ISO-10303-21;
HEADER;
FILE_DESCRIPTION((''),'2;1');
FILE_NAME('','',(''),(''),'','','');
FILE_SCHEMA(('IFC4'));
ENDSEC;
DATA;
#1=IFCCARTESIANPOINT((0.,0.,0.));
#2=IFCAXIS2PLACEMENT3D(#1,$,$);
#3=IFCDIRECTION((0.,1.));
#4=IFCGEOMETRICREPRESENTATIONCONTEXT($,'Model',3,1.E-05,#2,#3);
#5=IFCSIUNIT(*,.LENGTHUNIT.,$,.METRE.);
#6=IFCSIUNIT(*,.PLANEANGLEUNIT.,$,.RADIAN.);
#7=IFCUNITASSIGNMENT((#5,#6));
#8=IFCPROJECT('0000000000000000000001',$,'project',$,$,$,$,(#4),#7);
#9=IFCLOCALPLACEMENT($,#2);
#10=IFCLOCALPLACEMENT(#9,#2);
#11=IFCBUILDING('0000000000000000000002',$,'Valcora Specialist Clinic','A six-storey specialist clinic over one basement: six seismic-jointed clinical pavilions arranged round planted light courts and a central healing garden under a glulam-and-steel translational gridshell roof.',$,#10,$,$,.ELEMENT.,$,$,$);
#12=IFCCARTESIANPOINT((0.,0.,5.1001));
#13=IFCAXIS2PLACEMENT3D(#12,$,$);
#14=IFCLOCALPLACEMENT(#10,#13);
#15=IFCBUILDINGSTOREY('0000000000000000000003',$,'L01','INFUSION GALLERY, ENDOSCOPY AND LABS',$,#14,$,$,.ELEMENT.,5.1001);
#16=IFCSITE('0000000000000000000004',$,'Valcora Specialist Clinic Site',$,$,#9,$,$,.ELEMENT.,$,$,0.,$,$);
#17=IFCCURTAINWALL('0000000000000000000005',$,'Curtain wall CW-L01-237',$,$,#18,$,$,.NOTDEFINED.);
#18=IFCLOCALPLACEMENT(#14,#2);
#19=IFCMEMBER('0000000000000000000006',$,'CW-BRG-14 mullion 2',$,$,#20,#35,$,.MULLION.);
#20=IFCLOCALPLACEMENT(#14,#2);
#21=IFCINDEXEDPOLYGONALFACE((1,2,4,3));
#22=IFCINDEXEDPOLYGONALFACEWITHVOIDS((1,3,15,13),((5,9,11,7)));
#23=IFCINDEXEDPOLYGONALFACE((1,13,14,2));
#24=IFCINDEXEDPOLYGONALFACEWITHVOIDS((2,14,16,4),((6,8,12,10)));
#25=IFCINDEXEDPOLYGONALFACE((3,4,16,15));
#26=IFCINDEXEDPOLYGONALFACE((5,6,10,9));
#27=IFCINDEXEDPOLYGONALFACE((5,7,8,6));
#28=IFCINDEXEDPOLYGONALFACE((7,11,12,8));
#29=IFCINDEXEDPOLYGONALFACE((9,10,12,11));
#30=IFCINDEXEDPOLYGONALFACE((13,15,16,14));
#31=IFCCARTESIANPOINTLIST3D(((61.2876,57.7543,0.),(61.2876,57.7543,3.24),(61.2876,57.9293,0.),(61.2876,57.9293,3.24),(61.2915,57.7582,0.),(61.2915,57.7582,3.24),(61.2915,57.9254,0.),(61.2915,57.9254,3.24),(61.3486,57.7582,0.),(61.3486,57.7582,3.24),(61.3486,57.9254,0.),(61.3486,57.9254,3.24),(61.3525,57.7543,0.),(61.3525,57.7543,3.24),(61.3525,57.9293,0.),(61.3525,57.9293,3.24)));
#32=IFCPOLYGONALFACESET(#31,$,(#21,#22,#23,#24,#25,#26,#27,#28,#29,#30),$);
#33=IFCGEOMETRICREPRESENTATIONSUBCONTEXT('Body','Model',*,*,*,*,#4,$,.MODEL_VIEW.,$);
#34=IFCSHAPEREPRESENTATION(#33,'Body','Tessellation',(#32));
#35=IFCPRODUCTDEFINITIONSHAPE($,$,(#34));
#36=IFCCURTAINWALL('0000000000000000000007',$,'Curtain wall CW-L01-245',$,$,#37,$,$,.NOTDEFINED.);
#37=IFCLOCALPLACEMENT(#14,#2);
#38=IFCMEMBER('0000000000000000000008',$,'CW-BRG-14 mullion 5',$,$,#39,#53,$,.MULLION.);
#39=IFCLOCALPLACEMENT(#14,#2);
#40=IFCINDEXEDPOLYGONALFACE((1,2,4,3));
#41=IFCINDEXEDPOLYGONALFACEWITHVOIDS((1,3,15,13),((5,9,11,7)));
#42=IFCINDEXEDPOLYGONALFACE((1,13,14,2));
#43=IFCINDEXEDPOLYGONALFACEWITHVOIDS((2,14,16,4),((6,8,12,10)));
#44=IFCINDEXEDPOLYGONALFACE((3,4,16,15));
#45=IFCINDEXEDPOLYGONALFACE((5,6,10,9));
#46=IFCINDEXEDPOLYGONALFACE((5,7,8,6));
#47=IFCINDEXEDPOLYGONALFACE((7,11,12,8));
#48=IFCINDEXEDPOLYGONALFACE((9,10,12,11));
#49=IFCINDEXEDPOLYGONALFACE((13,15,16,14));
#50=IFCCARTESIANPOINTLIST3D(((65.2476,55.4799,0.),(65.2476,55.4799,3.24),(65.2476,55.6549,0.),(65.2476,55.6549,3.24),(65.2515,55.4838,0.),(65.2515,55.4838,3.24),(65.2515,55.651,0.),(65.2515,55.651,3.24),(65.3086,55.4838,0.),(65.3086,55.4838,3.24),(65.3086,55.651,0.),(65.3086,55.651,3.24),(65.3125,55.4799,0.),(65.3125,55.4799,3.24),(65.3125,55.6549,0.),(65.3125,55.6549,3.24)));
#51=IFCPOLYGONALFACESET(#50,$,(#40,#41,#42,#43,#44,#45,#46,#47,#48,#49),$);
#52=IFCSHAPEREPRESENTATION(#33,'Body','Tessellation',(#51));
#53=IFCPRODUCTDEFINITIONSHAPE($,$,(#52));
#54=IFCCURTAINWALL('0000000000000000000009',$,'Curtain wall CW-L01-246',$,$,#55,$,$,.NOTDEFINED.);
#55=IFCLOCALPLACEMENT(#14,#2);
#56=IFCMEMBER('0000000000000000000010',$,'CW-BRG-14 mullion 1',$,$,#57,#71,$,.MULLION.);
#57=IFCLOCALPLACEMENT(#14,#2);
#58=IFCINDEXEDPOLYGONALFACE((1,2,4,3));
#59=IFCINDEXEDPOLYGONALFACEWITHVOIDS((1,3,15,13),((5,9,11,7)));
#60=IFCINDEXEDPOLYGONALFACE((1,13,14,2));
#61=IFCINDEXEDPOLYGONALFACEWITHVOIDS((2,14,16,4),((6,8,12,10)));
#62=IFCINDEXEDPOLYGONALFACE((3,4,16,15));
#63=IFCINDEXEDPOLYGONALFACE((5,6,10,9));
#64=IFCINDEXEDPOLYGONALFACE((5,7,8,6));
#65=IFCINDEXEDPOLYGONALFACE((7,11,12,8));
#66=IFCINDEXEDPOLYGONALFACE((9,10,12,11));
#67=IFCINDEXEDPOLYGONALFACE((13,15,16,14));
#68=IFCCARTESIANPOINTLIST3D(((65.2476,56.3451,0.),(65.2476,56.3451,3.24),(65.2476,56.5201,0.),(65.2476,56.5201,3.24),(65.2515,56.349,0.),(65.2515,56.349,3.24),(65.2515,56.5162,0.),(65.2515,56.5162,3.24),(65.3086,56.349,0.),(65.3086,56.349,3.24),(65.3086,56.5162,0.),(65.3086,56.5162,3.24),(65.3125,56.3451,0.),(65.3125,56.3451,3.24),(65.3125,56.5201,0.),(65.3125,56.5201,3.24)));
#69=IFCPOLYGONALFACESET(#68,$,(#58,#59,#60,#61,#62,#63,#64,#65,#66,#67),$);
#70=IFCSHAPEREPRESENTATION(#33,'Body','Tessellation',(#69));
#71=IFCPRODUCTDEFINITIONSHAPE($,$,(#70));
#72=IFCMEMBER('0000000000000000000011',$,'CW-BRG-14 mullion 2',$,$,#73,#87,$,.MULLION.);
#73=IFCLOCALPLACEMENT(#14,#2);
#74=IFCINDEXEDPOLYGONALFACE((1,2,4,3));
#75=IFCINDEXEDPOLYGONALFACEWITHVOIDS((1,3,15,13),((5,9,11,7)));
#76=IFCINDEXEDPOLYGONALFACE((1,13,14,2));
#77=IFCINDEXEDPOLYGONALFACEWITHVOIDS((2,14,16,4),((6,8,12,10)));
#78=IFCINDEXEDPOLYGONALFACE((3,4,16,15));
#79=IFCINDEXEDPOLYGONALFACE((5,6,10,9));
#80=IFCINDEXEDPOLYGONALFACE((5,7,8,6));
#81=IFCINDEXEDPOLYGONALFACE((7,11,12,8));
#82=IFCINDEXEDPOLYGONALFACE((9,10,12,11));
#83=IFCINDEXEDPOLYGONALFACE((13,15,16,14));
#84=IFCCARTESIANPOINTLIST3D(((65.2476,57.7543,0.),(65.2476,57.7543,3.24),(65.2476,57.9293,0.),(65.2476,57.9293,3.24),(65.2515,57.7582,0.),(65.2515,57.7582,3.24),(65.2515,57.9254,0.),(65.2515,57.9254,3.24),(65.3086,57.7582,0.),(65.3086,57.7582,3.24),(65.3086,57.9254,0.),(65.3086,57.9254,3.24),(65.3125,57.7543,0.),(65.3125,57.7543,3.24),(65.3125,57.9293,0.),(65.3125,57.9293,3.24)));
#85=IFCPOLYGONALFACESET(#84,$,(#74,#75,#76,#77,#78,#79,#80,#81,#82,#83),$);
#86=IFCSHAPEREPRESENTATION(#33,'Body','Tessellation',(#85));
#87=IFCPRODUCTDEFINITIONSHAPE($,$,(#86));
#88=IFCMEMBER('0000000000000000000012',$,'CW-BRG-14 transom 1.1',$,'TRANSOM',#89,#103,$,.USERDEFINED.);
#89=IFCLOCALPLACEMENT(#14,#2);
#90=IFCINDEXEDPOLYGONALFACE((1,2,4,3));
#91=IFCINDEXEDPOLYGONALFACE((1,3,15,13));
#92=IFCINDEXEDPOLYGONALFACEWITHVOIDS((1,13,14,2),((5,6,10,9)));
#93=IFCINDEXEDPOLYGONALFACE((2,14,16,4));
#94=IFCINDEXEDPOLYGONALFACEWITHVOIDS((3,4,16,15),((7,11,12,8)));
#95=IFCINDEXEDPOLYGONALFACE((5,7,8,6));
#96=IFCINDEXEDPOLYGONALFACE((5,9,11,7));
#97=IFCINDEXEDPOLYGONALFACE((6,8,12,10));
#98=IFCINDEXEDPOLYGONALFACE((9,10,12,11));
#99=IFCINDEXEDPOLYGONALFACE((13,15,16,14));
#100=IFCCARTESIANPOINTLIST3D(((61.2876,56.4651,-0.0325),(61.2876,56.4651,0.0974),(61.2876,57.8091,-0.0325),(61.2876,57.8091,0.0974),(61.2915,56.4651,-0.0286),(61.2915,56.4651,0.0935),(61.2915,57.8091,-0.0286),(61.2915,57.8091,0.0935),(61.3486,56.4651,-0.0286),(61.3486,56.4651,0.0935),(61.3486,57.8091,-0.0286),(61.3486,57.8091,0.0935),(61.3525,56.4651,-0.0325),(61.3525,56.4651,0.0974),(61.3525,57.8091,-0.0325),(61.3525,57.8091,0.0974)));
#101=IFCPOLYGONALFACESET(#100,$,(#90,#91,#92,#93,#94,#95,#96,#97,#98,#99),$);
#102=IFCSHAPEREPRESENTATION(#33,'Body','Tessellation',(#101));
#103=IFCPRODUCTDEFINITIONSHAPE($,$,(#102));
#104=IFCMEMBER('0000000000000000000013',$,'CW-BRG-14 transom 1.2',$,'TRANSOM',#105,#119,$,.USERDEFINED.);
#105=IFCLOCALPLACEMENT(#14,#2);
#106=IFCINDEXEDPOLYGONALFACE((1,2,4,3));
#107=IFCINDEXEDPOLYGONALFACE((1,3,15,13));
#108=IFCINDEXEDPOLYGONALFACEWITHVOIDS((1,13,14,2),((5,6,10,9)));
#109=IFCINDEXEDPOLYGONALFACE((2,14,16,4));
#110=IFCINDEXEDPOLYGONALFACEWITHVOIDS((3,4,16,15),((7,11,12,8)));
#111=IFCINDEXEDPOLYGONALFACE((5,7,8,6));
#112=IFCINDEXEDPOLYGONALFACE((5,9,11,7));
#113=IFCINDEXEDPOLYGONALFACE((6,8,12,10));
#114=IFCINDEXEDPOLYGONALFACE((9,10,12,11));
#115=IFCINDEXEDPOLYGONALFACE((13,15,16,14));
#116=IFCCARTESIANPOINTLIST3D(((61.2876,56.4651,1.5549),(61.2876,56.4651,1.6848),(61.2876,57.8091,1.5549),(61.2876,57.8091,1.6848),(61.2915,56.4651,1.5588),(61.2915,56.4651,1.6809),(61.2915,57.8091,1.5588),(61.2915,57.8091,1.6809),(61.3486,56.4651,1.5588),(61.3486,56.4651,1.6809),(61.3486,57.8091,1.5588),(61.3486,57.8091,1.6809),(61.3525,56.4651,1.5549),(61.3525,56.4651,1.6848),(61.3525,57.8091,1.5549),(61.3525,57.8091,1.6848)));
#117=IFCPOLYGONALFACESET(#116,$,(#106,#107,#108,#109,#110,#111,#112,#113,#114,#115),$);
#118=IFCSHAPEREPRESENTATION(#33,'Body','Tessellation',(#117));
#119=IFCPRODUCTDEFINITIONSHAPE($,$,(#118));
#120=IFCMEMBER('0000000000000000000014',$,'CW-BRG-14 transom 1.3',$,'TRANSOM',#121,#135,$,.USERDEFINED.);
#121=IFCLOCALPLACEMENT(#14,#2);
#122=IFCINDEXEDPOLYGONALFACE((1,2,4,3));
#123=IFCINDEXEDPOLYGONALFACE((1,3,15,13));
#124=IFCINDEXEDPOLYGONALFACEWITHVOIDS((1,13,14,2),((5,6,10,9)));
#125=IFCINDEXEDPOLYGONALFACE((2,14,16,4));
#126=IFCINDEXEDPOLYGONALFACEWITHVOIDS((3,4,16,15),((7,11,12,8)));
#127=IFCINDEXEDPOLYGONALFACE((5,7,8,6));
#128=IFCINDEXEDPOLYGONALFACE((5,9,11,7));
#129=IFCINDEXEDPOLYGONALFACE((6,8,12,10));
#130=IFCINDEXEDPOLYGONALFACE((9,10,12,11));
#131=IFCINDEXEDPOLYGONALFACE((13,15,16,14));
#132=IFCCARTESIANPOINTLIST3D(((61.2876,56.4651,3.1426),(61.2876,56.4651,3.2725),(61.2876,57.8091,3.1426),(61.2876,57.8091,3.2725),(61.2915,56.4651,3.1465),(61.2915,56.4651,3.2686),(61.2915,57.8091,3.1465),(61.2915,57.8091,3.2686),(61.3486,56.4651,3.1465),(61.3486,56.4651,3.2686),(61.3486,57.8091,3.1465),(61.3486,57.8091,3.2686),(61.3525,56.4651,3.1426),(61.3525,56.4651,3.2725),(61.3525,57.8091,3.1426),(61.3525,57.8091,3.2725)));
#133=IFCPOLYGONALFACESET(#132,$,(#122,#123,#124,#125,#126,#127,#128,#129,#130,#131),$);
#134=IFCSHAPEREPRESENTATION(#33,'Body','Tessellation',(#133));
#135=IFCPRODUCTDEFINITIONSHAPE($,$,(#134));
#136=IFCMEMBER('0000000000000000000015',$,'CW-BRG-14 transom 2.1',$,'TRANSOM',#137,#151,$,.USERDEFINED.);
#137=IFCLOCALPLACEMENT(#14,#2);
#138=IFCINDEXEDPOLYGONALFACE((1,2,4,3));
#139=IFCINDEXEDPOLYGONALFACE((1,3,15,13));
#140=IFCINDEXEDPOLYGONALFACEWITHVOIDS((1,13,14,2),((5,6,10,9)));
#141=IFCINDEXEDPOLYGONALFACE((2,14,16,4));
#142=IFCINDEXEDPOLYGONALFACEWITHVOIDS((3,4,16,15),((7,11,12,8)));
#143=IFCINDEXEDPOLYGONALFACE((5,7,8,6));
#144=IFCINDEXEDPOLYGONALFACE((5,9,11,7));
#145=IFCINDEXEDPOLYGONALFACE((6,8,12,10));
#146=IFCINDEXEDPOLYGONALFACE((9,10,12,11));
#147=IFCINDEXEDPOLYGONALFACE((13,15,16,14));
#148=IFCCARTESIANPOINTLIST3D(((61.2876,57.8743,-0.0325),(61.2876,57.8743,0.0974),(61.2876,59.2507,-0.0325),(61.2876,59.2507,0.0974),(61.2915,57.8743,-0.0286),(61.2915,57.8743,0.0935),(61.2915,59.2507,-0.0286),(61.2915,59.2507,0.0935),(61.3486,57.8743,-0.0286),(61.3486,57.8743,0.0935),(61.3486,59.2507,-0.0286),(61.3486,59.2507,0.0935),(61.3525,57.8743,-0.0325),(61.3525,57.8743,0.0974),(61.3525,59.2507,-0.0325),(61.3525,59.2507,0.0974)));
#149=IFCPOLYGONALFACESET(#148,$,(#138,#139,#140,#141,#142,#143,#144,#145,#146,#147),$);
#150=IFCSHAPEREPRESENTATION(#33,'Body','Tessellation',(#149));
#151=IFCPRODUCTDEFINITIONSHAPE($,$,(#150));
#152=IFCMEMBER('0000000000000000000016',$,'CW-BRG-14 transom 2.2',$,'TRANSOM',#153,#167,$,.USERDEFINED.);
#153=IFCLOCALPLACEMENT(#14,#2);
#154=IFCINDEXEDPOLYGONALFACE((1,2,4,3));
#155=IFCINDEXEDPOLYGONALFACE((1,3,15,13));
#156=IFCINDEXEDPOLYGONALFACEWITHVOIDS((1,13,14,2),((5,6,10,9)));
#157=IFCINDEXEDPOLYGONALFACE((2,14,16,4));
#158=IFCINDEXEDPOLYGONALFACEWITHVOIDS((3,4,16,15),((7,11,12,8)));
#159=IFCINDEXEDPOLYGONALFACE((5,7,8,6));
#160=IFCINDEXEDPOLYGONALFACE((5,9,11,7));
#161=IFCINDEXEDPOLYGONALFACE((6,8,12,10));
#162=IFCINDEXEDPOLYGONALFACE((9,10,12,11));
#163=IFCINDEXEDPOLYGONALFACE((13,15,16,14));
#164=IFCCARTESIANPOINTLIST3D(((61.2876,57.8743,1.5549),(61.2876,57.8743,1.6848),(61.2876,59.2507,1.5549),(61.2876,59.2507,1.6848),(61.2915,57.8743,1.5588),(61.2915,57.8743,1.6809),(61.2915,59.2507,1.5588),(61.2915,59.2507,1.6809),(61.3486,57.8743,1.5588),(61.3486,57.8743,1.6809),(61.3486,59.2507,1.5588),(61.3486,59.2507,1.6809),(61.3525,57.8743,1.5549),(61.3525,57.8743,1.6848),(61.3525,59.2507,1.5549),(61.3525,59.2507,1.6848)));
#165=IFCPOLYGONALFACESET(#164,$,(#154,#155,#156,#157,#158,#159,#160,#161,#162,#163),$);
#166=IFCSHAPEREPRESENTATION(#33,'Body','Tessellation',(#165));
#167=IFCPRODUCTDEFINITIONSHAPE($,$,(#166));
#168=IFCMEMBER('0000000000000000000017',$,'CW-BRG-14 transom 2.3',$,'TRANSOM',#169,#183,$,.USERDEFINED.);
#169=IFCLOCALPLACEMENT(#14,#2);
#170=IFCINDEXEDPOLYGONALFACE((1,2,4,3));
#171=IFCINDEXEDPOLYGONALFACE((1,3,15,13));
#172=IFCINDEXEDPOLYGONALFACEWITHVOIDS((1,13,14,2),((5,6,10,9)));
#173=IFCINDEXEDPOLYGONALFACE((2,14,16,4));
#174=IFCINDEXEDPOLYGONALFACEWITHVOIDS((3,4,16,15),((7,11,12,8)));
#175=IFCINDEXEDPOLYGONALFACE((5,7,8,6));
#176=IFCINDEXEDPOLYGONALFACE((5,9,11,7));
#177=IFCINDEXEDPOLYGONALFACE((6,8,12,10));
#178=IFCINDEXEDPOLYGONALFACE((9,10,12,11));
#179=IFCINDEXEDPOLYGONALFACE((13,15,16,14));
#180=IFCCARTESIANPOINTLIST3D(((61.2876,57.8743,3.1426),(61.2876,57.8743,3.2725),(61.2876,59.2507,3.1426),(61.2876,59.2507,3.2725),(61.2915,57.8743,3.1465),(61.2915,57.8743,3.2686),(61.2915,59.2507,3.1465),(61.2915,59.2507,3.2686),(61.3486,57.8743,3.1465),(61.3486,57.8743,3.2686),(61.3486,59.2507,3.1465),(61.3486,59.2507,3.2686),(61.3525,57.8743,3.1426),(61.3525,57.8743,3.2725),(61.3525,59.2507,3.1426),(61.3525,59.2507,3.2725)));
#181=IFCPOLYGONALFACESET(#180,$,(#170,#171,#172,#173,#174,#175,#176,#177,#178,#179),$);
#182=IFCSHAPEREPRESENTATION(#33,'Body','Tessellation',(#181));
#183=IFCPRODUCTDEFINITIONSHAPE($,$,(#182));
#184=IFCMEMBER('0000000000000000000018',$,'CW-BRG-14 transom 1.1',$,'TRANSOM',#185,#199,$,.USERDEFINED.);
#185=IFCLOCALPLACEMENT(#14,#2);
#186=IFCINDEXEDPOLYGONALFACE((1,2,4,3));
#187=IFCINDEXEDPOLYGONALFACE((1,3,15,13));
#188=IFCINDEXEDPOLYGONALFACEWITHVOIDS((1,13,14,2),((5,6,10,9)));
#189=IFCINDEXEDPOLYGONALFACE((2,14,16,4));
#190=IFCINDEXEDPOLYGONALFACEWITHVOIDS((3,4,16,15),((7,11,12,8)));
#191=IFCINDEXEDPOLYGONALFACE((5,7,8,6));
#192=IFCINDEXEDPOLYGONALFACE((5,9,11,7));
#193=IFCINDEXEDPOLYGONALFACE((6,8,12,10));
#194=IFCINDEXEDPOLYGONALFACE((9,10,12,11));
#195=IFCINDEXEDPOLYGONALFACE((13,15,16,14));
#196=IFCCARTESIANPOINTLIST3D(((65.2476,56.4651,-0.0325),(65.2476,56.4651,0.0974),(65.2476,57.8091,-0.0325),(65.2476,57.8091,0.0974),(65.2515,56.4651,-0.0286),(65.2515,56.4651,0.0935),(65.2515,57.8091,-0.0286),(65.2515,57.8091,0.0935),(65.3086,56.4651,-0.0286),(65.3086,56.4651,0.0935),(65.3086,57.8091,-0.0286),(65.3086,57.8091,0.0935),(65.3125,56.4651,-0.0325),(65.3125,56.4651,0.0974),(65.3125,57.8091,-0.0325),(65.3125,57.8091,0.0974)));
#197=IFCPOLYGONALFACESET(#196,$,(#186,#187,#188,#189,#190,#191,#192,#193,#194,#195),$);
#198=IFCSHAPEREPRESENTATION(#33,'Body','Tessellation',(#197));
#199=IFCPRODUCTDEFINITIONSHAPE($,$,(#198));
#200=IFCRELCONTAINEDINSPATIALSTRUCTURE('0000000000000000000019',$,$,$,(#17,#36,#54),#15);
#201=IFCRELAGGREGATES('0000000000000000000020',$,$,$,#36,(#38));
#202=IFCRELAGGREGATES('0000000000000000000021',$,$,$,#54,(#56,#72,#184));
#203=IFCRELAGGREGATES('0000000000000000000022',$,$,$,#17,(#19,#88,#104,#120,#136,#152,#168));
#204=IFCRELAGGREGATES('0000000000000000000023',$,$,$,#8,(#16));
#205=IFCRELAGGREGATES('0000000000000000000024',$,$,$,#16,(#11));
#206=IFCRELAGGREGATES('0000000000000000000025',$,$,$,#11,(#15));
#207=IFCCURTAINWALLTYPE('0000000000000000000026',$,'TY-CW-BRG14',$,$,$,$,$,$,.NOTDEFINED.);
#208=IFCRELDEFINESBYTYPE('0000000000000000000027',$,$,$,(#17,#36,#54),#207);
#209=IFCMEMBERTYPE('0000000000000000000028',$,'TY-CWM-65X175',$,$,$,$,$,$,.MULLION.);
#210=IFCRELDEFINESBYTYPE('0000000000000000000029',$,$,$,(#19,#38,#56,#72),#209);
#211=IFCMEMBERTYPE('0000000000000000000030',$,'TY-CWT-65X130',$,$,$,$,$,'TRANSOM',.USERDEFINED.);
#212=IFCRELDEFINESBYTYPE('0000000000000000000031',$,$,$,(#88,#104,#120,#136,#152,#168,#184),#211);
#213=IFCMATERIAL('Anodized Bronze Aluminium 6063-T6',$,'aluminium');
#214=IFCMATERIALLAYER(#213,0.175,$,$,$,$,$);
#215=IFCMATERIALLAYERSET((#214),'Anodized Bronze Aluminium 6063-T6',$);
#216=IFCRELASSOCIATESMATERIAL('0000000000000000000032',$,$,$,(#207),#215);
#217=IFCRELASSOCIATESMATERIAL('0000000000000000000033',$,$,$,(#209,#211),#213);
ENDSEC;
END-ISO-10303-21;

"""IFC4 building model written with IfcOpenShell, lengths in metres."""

from ifc_helpers import new_model, si_unit, direction, frame, origin, origin_2d, place, context, subcontext, project, spatial, hollow_rectangle, extrude, material, layer, layer_set, material_profile, profile_set, type_object, element, aggregate, save


model = new_model("IFC4")

# Units and contexts
model_context = context("Model", 3, precision=1e-05, world=origin(), true_north=direction((0.0, 1.0)))
body_context = subcontext(model_context, "Body", "Model", "MODEL_VIEW")
ifc_project = project(units=[si_unit("LENGTHUNIT", "METRE"), si_unit("PLANEANGLEUNIT", "RADIAN")], contexts=[model_context])

# Site, building, storey
site_placement = place(None, origin())
site = spatial("IfcSite", under=ifc_project, at=site_placement, Name="Valcora Specialist Clinic Site", CompositionType="ELEMENT", RefElevation=0.0)
building_placement = place(site_placement, origin())
building = spatial("IfcBuilding", under=site, at=building_placement, Name="Valcora Specialist Clinic", Description="A six-storey specialist clinic over one basement: six seismic-jointed clinical pavilions arranged round planted light courts and a central healing garden under a glulam-and-steel translational gridshell roof.", CompositionType="ELEMENT")
storey_placement = place(building_placement, frame((0.0, 0.0, 5.1001)))
storey = spatial("IfcBuildingStorey", under=building, at=storey_placement, Name="L01", Description="INFUSION GALLERY, ENDOSCOPY AND LABS", CompositionType="ELEMENT", Elevation=5.1001)

# Shared definitions
ifc_material_1 = material(Name="Anodized Bronze Aluminium 6063-T6", Category="aluminium")
ifc_layer_1 = layer(ifc_material_1, 0.175)
ifc_layer_set_1 = layer_set([ifc_layer_1], Name="Anodized Bronze Aluminium 6063-T6")
curtain_wall_type = type_object("IfcCurtainWallType", Name="TY-CW-BRG14", PredefinedType="NOTDEFINED", material=ifc_layer_set_1)
ifc_material_profile_1 = material_profile(ifc_material_1, hollow_rectangle(XDim=0.0649, YDim=0.175, WallThickness=0.0039, at=origin_2d()), Name="AL-MUL-65X175")
ifc_profile_set_1 = profile_set([ifc_material_profile_1], Name="Anodized Bronze Aluminium 6063-T6")
member_type_1 = type_object("IfcMemberType", Name="TY-CWM-65X175", PredefinedType="MULLION", material=ifc_profile_set_1)

# Curtain wall, member
curtain_wall_1_placement = place(storey_placement, origin())
curtain_wall_1 = element("IfcCurtainWall", 1, at=curtain_wall_1_placement, inside=storey, type_object=curtain_wall_type, Name="Curtain wall CW-L01-237", PredefinedType="NOTDEFINED")
member_1_placement = place(storey_placement, frame((61.3201, 57.8418, 0.0), z_axis=(0.0, 0.0, 1.0), x_axis=(-1.0, 0.0, 0.0)))
member_1 = element("IfcMember", 2, at=member_1_placement, type_object=member_type_1, Name="CW-BRG-14 mullion 2", PredefinedType="MULLION", context=body_context, shape_type="SweptSolid", body=[
    extrude(hollow_rectangle(XDim=0.0649, YDim=0.175, WallThickness=0.0039, at=origin_2d()), origin(), (0.0, 0.0, 1.0), 3.24),
])

# Curtain wall, member
curtain_wall_2_placement = place(storey_placement, origin())
curtain_wall_2 = element("IfcCurtainWall", 3, at=curtain_wall_2_placement, inside=storey, type_object=curtain_wall_type, Name="Curtain wall CW-L01-245", PredefinedType="NOTDEFINED")
member_2_placement = place(storey_placement, frame((65.28, 55.5674, 0.0), z_axis=(0.0, 0.0, 1.0), x_axis=(-1.0, 0.0, 0.0)))
member_2 = element("IfcMember", 4, at=member_2_placement, type_object=member_type_1, Name="CW-BRG-14 mullion 5", PredefinedType="MULLION", context=body_context, shape_type="SweptSolid", body=[
    extrude(hollow_rectangle(XDim=0.0649, YDim=0.175, WallThickness=0.0039, at=origin_2d()), origin(), (0.0, 0.0, 1.0), 3.24),
])
aggregate(curtain_wall_2, [member_2])

# Curtain wall, members
curtain_wall_3_placement = place(storey_placement, origin())
curtain_wall_3 = element("IfcCurtainWall", 5, at=curtain_wall_3_placement, inside=storey, type_object=curtain_wall_type, Name="Curtain wall CW-L01-246", PredefinedType="NOTDEFINED")
member_3_placement = place(storey_placement, frame((65.28, 56.4326, 0.0), z_axis=(0.0, 0.0, 1.0), x_axis=(-1.0, 0.0, 0.0)))
member_3 = element("IfcMember", 6, at=member_3_placement, type_object=member_type_1, Name="CW-BRG-14 mullion 1", PredefinedType="MULLION", context=body_context, shape_type="SweptSolid", body=[
    extrude(hollow_rectangle(XDim=0.0649, YDim=0.175, WallThickness=0.0039, at=origin_2d()), origin(), (0.0, 0.0, 1.0), 3.24),
])
member_4_placement = place(storey_placement, frame((65.28, 57.8418, 0.0), z_axis=(0.0, 0.0, 1.0), x_axis=(-1.0, 0.0, 0.0)))
member_4 = element("IfcMember", 7, at=member_4_placement, type_object=member_type_1, Name="CW-BRG-14 mullion 2", PredefinedType="MULLION", context=body_context, shape_type="SweptSolid", body=[
    extrude(hollow_rectangle(XDim=0.0649, YDim=0.175, WallThickness=0.0039, at=origin_2d()), origin(), (0.0, 0.0, 1.0), 3.24),
])

# Members
ifc_material_profile_2 = material_profile(ifc_material_1, hollow_rectangle(XDim=0.0649, YDim=0.1299, WallThickness=0.0039, at=origin_2d()), Name="AL-TRN-65X130")
ifc_profile_set_2 = profile_set([ifc_material_profile_2], Name="Anodized Bronze Aluminium 6063-T6")
member_type_2 = type_object("IfcMemberType", Name="TY-CWT-65X130", ElementType="TRANSOM", PredefinedType="USERDEFINED", material=ifc_profile_set_2)
member_5_placement = place(storey_placement, frame((61.3201, 56.4651, 0.0325), z_axis=(0.0, 1.0, 0.0), x_axis=(-1.0, 0.0, 0.0)))
member_5 = element("IfcMember", 8, at=member_5_placement, type_object=member_type_2, Name="CW-BRG-14 transom 1.1", ObjectType="TRANSOM", PredefinedType="USERDEFINED", context=body_context, shape_type="SweptSolid", body=[
    extrude(hollow_rectangle(XDim=0.0649, YDim=0.1299, WallThickness=0.0039, at=origin_2d()), origin(), (0.0, 0.0, 1.0), 1.344),
])
member_6_placement = place(storey_placement, frame((61.3201, 56.4651, 1.6199), z_axis=(0.0, 1.0, 0.0), x_axis=(-1.0, 0.0, 0.0)))
member_6 = element("IfcMember", 9, at=member_6_placement, type_object=member_type_2, Name="CW-BRG-14 transom 1.2", ObjectType="TRANSOM", PredefinedType="USERDEFINED", context=body_context, shape_type="SweptSolid", body=[
    extrude(hollow_rectangle(XDim=0.0649, YDim=0.1299, WallThickness=0.0039, at=origin_2d()), origin(), (0.0, 0.0, 1.0), 1.344),
])
member_7_placement = place(storey_placement, frame((61.3201, 56.4651, 3.2075), z_axis=(0.0, 1.0, 0.0), x_axis=(-1.0, 0.0, 0.0)))
member_7 = element("IfcMember", 10, at=member_7_placement, type_object=member_type_2, Name="CW-BRG-14 transom 1.3", ObjectType="TRANSOM", PredefinedType="USERDEFINED", context=body_context, shape_type="SweptSolid", body=[
    extrude(hollow_rectangle(XDim=0.0649, YDim=0.1299, WallThickness=0.0039, at=origin_2d()), origin(), (0.0, 0.0, 1.0), 1.344),
])
member_8_placement = place(storey_placement, frame((61.3201, 57.8743, 0.0325), z_axis=(0.0, 1.0, 0.0), x_axis=(-1.0, 0.0, 0.0)))
member_8 = element("IfcMember", 11, at=member_8_placement, type_object=member_type_2, Name="CW-BRG-14 transom 2.1", ObjectType="TRANSOM", PredefinedType="USERDEFINED", context=body_context, shape_type="SweptSolid", body=[
    extrude(hollow_rectangle(XDim=0.0649, YDim=0.1299, WallThickness=0.0039, at=origin_2d()), origin(), (0.0, 0.0, 1.0), 1.3765),
])
member_9_placement = place(storey_placement, frame((61.3201, 57.8743, 1.6199), z_axis=(0.0, 1.0, 0.0), x_axis=(-1.0, 0.0, 0.0)))
member_9 = element("IfcMember", 12, at=member_9_placement, type_object=member_type_2, Name="CW-BRG-14 transom 2.2", ObjectType="TRANSOM", PredefinedType="USERDEFINED", context=body_context, shape_type="SweptSolid", body=[
    extrude(hollow_rectangle(XDim=0.0649, YDim=0.1299, WallThickness=0.0039, at=origin_2d()), origin(), (0.0, 0.0, 1.0), 1.3765),
])
member_10_placement = place(storey_placement, frame((61.3201, 57.8743, 3.2075), z_axis=(0.0, 1.0, 0.0), x_axis=(-1.0, 0.0, 0.0)))
member_10 = element("IfcMember", 13, at=member_10_placement, type_object=member_type_2, Name="CW-BRG-14 transom 2.3", ObjectType="TRANSOM", PredefinedType="USERDEFINED", context=body_context, shape_type="SweptSolid", body=[
    extrude(hollow_rectangle(XDim=0.0649, YDim=0.1299, WallThickness=0.0039, at=origin_2d()), origin(), (0.0, 0.0, 1.0), 1.3765),
])
member_11_placement = place(storey_placement, frame((65.28, 56.4651, 0.0325), z_axis=(0.0, 1.0, 0.0), x_axis=(-1.0, 0.0, 0.0)))
member_11 = element("IfcMember", 14, at=member_11_placement, type_object=member_type_2, Name="CW-BRG-14 transom 1.1", ObjectType="TRANSOM", PredefinedType="USERDEFINED", context=body_context, shape_type="SweptSolid", body=[
    extrude(hollow_rectangle(XDim=0.0649, YDim=0.1299, WallThickness=0.0039, at=origin_2d()), origin(), (0.0, 0.0, 1.0), 1.344),
])

aggregate(curtain_wall_3, [member_3, member_4, member_11])
aggregate(curtain_wall_1, [member_1, member_5, member_6, member_7, member_8, member_9, member_10])

save(model, "model.ifc")
